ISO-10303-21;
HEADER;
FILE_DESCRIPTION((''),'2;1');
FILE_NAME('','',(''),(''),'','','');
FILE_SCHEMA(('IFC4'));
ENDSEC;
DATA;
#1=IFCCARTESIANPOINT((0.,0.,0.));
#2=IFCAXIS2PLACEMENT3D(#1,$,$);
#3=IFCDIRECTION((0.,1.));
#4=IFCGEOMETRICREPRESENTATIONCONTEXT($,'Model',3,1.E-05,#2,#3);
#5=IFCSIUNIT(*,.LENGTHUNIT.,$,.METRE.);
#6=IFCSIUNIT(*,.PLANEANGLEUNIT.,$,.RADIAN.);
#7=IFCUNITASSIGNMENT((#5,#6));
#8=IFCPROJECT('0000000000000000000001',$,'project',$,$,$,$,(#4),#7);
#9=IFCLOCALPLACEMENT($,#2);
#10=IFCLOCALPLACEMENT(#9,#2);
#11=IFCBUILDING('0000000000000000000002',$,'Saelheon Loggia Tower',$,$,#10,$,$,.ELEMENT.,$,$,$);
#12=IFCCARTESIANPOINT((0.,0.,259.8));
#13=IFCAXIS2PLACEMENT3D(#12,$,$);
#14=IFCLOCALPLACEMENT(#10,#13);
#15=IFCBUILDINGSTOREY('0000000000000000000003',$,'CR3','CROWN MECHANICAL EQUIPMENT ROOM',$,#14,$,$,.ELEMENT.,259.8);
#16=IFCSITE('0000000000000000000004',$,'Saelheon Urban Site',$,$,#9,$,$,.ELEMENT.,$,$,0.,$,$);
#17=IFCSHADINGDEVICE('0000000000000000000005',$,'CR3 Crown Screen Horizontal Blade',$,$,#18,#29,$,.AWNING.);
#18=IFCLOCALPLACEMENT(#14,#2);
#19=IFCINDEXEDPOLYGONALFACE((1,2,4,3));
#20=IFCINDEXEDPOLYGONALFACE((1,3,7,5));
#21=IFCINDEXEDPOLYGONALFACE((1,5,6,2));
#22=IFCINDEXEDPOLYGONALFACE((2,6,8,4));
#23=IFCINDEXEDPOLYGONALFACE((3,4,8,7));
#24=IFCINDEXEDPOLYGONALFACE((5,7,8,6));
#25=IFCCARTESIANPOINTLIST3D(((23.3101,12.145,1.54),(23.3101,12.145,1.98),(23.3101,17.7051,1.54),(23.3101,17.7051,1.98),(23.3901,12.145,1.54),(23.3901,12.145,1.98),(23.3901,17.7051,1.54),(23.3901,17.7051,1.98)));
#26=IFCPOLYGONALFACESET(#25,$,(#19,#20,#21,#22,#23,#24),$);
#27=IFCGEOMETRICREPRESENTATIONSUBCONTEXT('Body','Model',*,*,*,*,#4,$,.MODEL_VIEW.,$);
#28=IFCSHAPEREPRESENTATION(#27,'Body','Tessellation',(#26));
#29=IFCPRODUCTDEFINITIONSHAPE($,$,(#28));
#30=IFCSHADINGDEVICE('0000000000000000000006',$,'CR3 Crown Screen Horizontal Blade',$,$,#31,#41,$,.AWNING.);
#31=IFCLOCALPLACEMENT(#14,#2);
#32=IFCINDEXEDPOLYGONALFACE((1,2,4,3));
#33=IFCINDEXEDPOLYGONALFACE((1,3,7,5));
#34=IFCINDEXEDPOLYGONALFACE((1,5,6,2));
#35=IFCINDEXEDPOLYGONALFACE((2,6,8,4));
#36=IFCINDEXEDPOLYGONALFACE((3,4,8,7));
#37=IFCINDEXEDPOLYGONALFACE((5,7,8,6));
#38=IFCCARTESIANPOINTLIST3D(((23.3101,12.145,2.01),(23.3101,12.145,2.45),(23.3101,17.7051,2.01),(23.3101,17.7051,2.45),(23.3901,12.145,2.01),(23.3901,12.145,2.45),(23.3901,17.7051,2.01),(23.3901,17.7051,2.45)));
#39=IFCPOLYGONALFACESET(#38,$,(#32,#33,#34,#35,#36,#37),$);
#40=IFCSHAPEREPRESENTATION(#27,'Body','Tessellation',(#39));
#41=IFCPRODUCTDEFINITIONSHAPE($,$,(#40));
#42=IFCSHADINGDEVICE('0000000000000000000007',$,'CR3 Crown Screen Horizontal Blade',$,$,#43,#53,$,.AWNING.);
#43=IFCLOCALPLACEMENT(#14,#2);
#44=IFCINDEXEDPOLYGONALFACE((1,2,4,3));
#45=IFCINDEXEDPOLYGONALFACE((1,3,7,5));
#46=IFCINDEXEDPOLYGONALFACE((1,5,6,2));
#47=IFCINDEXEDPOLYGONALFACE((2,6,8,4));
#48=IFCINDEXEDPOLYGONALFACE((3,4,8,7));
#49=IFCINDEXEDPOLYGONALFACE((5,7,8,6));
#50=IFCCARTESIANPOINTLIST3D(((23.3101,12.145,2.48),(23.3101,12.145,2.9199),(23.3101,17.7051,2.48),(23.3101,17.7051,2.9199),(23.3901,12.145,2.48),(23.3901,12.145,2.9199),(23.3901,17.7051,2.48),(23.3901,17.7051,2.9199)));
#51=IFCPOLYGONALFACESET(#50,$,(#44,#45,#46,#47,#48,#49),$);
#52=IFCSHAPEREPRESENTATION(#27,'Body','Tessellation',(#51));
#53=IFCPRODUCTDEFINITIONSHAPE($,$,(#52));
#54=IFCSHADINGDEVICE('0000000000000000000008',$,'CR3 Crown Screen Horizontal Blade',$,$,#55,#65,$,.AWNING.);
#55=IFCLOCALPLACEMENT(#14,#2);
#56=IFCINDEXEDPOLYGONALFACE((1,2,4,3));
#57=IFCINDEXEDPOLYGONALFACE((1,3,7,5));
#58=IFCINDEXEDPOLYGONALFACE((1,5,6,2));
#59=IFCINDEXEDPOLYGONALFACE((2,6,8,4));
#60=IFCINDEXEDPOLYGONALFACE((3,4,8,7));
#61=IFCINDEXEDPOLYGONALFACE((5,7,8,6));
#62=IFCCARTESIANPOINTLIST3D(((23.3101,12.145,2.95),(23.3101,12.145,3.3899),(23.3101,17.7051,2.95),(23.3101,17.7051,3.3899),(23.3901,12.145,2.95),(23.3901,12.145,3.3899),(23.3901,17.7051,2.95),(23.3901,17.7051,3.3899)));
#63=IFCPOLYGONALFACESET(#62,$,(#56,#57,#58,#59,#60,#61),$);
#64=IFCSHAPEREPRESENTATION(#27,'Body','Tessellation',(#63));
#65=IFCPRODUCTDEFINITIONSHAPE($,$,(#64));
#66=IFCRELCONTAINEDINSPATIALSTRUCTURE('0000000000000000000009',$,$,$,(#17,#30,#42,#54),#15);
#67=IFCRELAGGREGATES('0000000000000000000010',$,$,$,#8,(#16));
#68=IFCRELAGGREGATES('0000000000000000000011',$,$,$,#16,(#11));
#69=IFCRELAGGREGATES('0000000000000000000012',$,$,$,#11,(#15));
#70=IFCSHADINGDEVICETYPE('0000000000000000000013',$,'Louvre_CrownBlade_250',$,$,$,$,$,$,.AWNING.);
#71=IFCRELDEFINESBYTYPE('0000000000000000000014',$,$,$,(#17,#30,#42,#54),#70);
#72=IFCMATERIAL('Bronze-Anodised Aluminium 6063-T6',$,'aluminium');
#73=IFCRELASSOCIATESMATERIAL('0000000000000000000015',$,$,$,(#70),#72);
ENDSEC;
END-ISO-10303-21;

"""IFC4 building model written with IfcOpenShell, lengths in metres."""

from ifc_helpers import new_model, si_unit, direction, frame, origin, origin_2d, place, context, subcontext, project, spatial, rectangle, extrude, source, transform, mapped, material, material_profile, profile_set, type_object, element, save


model = new_model("IFC4")

# Units and contexts
model_context = context("Model", 3, precision=1e-05, world=origin(), true_north=direction((0.0, 1.0)))
body_context = subcontext(model_context, "Body", "Model", "MODEL_VIEW")
ifc_project = project(units=[si_unit("LENGTHUNIT", "METRE"), si_unit("PLANEANGLEUNIT", "RADIAN")], contexts=[model_context])

# Site, building, storey
site_placement = place(None, origin())
site = spatial("IfcSite", under=ifc_project, at=site_placement, Name="Saelheon Urban Site", CompositionType="ELEMENT", RefElevation=0.0)
building_placement = place(site_placement, origin())
building = spatial("IfcBuilding", under=site, at=building_placement, Name="Saelheon Loggia Tower", CompositionType="ELEMENT")
storey_placement = place(building_placement, frame((0.0, 0.0, 259.8)))
storey = spatial("IfcBuildingStorey", under=building, at=storey_placement, Name="CR3", Description="CROWN MECHANICAL EQUIPMENT ROOM", CompositionType="ELEMENT", Elevation=259.8)

# Shared definitions
ifc_material_1 = material(Name="Bronze-Anodised Aluminium 6063-T6", Category="aluminium")

# Shading devices
ifc_material_profile_1 = material_profile(ifc_material_1, rectangle(XDim=0.0801, YDim=0.4399, at=origin_2d()), Name="Louvre_CrownBlade_250")
ifc_profile_set_1 = profile_set([ifc_material_profile_1], Name="Bronze-Anodised Aluminium 6063-T6")
shading_device_type = type_object("IfcShadingDeviceType", Name="Louvre_CrownBlade_250", PredefinedType="AWNING", material=ifc_profile_set_1)
shared_shape_1 = source(origin(), body_context, "Body", "SweptSolid", [
    extrude(rectangle(XDim=0.0801, YDim=0.4399, at=origin_2d()), origin(), (0.0, 0.0, 1.0), 5.5601),
])
for number, where, z_axis, x_axis, name in (
    (1, (23.3501, 17.7051, 1.76), (0.0, -1.0, 0.0), (1.0, 0.0, 0.0), "CR3 Crown Screen Horizontal Blade"),
    (2, (23.3501, 17.7051, 2.23), (0.0, -1.0, 0.0), (1.0, 0.0, 0.0), "CR3 Crown Screen Horizontal Blade"),
    (3, (23.3501, 17.7051, 2.7), (0.0, -1.0, 0.0), (1.0, 0.0, 0.0), "CR3 Crown Screen Horizontal Blade"),
    (4, (23.3501, 17.7051, 3.1699), (0.0, -1.0, 0.0), (1.0, 0.0, 0.0), "CR3 Crown Screen Horizontal Blade"),
):
    element("IfcShadingDevice", number, at=place(storey_placement, frame(where, z_axis=z_axis, x_axis=x_axis)), inside=storey, type_object=shading_device_type, Name=name, PredefinedType="AWNING", context=body_context, shape_type="MappedRepresentation", body=[
        mapped(shared_shape_1, transform((0.0, 0.0, 0.0), scale=1.0)),
    ])

save(model, "model.ifc")
